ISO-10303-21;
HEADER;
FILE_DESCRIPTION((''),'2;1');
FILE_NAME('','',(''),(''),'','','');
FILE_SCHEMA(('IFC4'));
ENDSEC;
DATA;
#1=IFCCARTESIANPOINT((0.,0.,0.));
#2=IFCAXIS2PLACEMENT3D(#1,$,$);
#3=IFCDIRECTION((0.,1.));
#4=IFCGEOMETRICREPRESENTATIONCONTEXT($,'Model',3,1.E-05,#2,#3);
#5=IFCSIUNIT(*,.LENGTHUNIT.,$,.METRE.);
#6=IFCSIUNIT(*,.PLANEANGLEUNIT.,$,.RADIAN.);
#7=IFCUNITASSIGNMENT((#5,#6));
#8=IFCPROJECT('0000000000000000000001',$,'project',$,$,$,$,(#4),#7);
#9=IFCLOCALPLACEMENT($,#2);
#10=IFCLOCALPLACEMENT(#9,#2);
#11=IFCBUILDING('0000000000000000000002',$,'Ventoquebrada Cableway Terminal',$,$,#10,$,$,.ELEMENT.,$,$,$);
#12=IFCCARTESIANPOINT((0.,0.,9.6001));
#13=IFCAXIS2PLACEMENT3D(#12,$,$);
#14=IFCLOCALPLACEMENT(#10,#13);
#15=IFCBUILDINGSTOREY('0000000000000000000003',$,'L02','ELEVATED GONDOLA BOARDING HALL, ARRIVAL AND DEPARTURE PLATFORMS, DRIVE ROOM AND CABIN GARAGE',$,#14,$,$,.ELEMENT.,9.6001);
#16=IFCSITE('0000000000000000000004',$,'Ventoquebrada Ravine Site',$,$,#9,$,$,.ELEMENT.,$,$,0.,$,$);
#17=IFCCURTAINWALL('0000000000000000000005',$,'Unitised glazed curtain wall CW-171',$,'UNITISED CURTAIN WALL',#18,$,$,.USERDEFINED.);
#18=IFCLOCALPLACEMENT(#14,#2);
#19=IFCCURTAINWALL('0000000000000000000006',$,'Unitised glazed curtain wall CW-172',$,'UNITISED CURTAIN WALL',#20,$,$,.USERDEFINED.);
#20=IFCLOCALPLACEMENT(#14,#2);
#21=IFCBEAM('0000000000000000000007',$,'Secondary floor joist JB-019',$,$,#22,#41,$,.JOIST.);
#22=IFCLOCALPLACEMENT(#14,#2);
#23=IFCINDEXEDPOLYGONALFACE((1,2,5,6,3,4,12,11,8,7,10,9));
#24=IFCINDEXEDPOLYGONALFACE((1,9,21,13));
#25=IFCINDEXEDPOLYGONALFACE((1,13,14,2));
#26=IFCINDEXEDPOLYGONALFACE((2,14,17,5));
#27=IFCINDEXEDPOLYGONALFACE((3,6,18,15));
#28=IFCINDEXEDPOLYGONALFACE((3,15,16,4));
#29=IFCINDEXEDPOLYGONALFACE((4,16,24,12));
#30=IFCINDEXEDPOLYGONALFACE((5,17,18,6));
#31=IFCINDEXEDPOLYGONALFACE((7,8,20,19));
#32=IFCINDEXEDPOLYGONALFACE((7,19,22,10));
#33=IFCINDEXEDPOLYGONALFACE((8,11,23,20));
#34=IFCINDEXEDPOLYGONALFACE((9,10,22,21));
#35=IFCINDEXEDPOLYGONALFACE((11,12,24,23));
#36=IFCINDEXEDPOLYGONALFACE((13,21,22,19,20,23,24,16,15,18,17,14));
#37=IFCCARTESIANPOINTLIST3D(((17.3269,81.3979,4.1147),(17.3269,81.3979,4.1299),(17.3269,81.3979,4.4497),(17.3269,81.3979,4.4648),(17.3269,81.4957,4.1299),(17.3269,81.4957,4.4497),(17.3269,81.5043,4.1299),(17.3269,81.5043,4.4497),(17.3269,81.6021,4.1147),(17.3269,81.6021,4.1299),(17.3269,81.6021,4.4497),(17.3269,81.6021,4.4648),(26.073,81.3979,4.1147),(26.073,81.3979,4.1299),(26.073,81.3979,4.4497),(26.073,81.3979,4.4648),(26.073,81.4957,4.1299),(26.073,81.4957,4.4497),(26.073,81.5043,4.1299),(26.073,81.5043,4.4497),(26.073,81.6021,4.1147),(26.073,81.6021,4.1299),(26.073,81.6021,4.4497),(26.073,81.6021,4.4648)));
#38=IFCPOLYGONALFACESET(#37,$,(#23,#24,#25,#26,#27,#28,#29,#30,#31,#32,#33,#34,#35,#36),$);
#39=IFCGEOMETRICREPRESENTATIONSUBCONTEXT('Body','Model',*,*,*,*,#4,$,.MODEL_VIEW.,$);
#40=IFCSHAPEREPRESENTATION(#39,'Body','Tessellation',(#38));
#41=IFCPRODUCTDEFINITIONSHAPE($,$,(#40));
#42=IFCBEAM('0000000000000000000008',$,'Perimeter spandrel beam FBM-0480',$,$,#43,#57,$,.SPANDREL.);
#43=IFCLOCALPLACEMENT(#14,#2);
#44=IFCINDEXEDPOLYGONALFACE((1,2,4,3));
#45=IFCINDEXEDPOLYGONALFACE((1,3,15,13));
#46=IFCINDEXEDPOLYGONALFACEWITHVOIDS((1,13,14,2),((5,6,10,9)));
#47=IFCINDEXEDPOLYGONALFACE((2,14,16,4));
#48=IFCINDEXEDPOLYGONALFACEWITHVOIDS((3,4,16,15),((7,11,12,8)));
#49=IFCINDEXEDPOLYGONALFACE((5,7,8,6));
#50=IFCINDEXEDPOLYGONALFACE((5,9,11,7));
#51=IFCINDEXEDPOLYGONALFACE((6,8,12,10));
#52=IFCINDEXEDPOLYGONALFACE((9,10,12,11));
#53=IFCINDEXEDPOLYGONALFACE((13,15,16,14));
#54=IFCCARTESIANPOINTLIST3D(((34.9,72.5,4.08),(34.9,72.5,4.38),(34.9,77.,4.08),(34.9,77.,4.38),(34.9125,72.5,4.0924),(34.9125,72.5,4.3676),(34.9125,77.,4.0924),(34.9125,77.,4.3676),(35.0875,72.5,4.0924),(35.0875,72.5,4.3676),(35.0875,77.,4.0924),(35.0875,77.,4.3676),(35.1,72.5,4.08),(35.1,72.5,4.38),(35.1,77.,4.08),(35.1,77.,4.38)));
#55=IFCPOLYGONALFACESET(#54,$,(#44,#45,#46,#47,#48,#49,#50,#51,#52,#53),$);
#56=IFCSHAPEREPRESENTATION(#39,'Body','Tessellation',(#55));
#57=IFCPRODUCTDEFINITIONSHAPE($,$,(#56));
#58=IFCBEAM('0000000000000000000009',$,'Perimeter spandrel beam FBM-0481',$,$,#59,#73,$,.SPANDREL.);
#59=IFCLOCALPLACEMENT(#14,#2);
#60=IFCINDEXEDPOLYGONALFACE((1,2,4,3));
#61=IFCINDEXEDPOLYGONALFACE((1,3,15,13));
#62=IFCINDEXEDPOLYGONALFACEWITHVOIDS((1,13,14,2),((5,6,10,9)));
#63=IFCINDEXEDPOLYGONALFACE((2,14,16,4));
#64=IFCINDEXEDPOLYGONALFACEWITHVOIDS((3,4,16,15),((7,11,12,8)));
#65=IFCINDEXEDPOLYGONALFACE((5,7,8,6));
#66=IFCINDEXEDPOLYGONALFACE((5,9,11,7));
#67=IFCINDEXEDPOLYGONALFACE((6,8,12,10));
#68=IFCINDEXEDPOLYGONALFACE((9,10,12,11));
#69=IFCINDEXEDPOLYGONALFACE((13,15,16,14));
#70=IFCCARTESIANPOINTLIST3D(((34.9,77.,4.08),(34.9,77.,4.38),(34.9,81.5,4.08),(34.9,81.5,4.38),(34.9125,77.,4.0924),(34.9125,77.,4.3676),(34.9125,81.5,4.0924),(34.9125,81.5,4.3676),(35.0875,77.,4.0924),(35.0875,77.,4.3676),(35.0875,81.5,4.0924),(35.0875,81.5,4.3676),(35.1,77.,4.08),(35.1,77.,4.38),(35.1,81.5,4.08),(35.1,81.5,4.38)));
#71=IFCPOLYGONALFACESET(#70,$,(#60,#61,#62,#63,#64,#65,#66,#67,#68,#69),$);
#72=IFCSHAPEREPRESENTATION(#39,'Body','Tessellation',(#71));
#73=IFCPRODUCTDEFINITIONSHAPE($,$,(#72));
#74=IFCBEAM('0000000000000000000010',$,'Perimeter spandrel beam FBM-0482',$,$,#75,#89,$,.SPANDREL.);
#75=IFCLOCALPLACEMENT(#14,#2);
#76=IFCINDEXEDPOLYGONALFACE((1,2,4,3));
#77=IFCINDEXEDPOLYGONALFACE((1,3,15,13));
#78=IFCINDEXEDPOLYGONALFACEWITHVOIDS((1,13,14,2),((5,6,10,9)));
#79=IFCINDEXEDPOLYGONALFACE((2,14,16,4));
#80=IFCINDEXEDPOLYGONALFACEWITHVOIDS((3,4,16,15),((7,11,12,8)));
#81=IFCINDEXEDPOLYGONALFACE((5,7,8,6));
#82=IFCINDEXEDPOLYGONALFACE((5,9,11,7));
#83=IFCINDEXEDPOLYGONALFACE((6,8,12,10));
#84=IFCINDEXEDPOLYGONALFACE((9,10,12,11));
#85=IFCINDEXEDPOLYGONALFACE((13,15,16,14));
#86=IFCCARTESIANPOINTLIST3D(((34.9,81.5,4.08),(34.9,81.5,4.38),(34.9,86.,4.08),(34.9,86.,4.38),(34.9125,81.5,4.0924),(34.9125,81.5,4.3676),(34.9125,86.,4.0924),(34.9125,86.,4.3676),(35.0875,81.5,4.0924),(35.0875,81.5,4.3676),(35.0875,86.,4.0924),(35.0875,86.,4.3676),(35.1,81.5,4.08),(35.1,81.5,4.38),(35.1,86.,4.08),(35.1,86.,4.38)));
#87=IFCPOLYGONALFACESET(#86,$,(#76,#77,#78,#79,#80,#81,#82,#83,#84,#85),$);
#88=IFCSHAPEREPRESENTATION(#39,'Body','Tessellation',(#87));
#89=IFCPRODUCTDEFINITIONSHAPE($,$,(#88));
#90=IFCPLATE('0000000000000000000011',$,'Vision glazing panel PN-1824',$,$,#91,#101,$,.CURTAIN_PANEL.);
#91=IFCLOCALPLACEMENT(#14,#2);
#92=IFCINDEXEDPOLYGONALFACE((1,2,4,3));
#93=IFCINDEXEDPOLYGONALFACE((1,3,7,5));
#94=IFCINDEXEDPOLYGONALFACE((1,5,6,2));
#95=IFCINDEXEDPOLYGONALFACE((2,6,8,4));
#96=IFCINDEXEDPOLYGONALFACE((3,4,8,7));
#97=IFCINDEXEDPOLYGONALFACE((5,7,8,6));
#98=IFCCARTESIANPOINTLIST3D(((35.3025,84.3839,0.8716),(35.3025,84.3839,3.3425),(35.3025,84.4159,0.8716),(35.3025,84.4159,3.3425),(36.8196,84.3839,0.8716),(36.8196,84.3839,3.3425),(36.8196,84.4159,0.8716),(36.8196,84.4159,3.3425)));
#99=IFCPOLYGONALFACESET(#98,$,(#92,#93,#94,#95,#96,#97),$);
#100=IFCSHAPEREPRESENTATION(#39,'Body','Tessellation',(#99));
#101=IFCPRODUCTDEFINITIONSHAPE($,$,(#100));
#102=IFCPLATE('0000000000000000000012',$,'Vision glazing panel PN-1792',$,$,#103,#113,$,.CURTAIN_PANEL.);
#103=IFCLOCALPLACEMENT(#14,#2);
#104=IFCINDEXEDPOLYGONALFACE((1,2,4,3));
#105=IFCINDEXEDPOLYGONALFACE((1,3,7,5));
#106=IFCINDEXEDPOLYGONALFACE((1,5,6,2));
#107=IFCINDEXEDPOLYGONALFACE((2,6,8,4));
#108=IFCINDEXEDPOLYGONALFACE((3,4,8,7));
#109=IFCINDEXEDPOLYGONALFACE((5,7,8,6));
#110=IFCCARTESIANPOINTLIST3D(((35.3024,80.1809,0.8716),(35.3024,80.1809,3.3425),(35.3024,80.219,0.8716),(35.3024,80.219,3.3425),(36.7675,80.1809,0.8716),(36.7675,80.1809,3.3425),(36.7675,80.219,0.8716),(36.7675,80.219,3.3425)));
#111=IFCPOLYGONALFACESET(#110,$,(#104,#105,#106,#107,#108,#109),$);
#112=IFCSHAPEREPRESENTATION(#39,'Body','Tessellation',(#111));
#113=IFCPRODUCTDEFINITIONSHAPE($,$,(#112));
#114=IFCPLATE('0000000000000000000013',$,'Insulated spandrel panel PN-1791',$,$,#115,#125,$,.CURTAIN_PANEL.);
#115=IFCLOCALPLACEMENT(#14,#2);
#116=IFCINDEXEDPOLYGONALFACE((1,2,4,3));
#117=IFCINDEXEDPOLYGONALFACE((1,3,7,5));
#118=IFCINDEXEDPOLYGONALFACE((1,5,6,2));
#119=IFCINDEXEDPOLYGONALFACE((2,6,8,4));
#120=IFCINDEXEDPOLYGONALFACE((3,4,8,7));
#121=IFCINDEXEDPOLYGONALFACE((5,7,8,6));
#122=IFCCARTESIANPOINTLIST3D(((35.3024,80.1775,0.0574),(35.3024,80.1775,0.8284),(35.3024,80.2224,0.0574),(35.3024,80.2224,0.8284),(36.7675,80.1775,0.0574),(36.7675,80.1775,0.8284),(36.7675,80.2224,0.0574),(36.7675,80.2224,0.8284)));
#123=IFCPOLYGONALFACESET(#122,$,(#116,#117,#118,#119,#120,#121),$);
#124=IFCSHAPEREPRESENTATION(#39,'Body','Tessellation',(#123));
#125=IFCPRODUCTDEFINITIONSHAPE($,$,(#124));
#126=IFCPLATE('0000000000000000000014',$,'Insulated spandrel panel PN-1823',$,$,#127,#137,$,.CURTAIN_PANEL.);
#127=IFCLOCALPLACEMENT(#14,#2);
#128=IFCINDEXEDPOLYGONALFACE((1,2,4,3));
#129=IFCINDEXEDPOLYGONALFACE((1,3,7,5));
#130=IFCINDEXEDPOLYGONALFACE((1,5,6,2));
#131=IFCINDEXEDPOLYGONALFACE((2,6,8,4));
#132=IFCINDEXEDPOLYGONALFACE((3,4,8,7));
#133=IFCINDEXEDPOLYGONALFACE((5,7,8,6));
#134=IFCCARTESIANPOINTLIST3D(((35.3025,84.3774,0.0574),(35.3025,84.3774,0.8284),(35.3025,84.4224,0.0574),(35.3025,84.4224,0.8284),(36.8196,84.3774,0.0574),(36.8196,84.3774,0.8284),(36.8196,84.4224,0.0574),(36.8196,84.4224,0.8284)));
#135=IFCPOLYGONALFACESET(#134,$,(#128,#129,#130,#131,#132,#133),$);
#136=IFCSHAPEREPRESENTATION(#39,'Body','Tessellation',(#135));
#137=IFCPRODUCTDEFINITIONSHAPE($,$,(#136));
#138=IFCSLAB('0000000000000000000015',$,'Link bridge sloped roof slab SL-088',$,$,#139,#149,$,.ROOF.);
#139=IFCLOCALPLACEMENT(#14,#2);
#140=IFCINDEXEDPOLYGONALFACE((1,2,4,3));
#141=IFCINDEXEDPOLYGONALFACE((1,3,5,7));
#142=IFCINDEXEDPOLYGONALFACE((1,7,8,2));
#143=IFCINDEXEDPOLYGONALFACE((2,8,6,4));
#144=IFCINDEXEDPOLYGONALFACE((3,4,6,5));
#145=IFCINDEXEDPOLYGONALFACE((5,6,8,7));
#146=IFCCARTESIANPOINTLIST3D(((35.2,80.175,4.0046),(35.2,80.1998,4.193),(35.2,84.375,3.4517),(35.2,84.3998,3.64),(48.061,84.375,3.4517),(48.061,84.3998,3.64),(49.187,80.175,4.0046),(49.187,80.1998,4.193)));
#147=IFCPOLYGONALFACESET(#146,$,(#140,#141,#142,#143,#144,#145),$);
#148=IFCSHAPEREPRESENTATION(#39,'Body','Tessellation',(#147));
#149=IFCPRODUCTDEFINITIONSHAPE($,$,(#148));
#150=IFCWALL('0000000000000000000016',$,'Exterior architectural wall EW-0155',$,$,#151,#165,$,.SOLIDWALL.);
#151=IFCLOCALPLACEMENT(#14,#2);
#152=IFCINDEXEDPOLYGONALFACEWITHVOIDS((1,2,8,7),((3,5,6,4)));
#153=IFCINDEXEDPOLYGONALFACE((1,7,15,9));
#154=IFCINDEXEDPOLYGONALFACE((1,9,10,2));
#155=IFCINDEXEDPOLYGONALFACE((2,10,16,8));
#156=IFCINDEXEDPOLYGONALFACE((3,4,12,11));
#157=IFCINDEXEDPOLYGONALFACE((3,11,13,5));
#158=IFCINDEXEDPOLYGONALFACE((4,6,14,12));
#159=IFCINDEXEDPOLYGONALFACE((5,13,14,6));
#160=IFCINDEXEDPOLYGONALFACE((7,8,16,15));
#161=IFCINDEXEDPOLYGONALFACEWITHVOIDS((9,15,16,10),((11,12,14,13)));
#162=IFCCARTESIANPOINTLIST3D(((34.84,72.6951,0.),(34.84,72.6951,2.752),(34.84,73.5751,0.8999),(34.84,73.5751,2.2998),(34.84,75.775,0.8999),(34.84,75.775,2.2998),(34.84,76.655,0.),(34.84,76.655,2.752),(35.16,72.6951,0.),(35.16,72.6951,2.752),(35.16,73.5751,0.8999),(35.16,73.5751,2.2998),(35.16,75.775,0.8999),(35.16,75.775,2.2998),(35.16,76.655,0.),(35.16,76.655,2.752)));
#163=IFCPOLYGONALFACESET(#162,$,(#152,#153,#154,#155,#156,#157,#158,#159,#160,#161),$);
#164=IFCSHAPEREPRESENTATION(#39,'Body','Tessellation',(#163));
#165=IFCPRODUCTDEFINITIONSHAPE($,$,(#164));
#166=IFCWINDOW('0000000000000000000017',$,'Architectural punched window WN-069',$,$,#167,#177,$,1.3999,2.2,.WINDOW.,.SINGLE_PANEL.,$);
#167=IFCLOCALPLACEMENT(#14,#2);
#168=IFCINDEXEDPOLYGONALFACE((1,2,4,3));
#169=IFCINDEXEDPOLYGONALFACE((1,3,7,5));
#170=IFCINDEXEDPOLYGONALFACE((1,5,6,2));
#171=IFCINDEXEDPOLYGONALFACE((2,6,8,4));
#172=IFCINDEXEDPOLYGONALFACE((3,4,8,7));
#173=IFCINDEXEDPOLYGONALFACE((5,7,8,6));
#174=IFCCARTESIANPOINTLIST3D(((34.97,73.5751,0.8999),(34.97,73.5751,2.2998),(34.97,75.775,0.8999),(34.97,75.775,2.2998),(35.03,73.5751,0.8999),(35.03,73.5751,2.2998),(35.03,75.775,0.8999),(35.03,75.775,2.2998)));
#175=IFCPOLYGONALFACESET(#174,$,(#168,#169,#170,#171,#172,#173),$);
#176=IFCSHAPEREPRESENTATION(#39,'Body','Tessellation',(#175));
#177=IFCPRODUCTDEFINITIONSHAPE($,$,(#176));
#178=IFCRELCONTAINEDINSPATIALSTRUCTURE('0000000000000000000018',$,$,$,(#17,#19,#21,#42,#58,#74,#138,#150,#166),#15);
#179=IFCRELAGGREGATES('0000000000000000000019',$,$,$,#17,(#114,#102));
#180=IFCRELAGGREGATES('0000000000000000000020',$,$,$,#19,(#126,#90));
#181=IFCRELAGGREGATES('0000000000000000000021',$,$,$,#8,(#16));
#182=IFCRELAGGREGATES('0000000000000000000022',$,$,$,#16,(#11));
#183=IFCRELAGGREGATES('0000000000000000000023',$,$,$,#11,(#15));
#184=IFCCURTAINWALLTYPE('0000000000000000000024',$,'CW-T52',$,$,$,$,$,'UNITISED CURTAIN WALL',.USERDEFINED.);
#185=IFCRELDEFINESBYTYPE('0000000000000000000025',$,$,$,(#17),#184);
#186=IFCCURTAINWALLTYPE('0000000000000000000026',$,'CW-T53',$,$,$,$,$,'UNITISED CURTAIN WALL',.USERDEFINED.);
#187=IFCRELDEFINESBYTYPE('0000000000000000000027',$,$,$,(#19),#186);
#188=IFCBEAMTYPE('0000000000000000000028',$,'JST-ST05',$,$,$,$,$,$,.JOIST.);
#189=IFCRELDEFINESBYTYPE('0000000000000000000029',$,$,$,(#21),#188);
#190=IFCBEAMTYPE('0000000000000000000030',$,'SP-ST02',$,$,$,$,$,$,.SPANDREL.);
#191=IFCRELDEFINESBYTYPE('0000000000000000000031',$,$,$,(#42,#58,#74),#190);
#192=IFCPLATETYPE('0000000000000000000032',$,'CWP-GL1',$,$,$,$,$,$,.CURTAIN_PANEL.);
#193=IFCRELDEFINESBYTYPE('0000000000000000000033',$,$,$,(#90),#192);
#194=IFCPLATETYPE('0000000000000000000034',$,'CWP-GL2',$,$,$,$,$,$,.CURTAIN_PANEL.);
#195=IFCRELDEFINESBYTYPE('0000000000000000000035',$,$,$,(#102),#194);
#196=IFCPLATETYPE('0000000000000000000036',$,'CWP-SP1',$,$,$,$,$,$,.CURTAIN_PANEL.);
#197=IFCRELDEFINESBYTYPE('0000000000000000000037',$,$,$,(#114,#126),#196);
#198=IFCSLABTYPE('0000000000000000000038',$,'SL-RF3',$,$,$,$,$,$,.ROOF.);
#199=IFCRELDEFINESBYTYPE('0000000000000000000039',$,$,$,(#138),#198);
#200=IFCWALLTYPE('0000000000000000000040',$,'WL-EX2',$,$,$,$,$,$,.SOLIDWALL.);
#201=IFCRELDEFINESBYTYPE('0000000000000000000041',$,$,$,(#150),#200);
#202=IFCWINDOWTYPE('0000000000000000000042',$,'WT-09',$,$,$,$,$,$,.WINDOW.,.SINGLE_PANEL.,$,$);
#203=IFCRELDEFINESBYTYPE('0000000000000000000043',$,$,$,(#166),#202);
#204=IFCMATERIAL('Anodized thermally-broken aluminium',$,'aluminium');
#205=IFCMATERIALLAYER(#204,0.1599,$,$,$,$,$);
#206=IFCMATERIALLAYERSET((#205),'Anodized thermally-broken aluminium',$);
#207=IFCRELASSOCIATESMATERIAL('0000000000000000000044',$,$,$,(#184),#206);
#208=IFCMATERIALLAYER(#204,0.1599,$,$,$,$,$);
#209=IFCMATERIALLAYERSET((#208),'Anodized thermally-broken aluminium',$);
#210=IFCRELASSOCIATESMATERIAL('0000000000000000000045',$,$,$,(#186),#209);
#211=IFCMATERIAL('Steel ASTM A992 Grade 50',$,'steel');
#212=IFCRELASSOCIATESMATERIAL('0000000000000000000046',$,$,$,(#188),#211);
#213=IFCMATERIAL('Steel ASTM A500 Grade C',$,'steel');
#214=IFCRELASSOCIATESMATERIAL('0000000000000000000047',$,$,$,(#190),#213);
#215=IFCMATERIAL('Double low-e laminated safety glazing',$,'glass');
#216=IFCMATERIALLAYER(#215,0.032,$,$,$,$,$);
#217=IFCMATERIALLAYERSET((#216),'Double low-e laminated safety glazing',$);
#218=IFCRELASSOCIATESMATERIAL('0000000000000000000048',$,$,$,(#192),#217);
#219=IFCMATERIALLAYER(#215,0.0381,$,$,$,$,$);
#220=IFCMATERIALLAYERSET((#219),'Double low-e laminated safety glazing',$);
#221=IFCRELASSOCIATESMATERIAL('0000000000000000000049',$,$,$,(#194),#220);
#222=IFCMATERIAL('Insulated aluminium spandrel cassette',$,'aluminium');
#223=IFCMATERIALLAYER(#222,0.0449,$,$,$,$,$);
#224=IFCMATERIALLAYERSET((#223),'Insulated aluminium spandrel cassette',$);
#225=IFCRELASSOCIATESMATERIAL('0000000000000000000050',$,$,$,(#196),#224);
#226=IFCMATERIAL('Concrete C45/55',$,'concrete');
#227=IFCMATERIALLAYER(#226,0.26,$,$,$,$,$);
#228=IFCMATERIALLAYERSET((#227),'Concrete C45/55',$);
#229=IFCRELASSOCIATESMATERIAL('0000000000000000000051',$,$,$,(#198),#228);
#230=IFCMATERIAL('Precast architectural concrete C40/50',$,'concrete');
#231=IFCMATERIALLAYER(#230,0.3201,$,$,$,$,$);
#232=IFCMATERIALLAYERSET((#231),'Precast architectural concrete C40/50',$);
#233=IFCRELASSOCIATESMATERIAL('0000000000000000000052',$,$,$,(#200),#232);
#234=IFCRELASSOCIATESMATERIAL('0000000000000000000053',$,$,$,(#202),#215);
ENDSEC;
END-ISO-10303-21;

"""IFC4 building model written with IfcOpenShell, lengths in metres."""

from ifc_helpers import new_model, si_unit, direction, frame, frame_2d, origin, origin_2d, place, context, subcontext, project, spatial, polyline, rectangle, hollow_rectangle, i_section, outline, extrude, material, layer, layer_set, material_profile, profile_set, type_object, element, fill, aggregate, save


model = new_model("IFC4")

# Units and contexts
model_context = context("Model", 3, precision=1e-05, world=origin(), true_north=direction((0.0, 1.0)))
body_context = subcontext(model_context, "Body", "Model", "MODEL_VIEW")
ifc_project = project(units=[si_unit("LENGTHUNIT", "METRE"), si_unit("PLANEANGLEUNIT", "RADIAN")], contexts=[model_context])

# Site, building, storey
site_placement = place(None, origin())
site = spatial("IfcSite", under=ifc_project, at=site_placement, Name="Ventoquebrada Ravine Site", CompositionType="ELEMENT", RefElevation=0.0)
building_placement = place(site_placement, origin())
building = spatial("IfcBuilding", under=site, at=building_placement, Name="Ventoquebrada Cableway Terminal", CompositionType="ELEMENT")
storey_placement = place(building_placement, frame((0.0, 0.0, 9.6001)))
storey = spatial("IfcBuildingStorey", under=building, at=storey_placement, Name="L02", Description="ELEVATED GONDOLA BOARDING HALL, ARRIVAL AND DEPARTURE PLATFORMS, DRIVE ROOM AND CABIN GARAGE", CompositionType="ELEMENT", Elevation=9.6001)

# Shared definitions
ifc_material_1 = material(Name="Steel ASTM A992 Grade 50", Category="steel")

# Curtain wall
ifc_material_2 = material(Name="Anodized thermally-broken aluminium", Category="aluminium")
ifc_layer_1 = layer(ifc_material_2, 0.1599)
ifc_layer_set_1 = layer_set([ifc_layer_1], Name="Anodized thermally-broken aluminium")
curtain_wall_type_1 = type_object("IfcCurtainWallType", Name="CW-T52", ElementType="UNITISED CURTAIN WALL", PredefinedType="USERDEFINED", material=ifc_layer_set_1)
curtain_wall_1_placement = place(storey_placement, origin())
curtain_wall_1 = element("IfcCurtainWall", 1, at=curtain_wall_1_placement, inside=storey, type_object=curtain_wall_type_1, Name="Unitised glazed curtain wall CW-171", ObjectType="UNITISED CURTAIN WALL", PredefinedType="USERDEFINED")

# Curtain wall
ifc_layer_2 = layer(ifc_material_2, 0.1599)
ifc_layer_set_2 = layer_set([ifc_layer_2], Name="Anodized thermally-broken aluminium")
curtain_wall_type_2 = type_object("IfcCurtainWallType", Name="CW-T53", ElementType="UNITISED CURTAIN WALL", PredefinedType="USERDEFINED", material=ifc_layer_set_2)
curtain_wall_2_placement = place(storey_placement, origin())
curtain_wall_2 = element("IfcCurtainWall", 2, at=curtain_wall_2_placement, inside=storey, type_object=curtain_wall_type_2, Name="Unitised glazed curtain wall CW-172", ObjectType="UNITISED CURTAIN WALL", PredefinedType="USERDEFINED")

# Beams
ifc_material_profile_1 = material_profile(ifc_material_1, i_section(OverallWidth=0.2041, OverallDepth=0.3501, WebThickness=0.0085, FlangeThickness=0.0151, at=origin_2d()), Name="W14X48")
ifc_profile_set_1 = profile_set([ifc_material_profile_1], Name="Steel ASTM A992 Grade 50")
beam_type_1 = type_object("IfcBeamType", Name="JST-ST05", PredefinedType="JOIST", material=ifc_profile_set_1)
beam_1_placement = place(storey_placement, frame((17.3269, 81.5, 4.2898), z_axis=(1.0, 0.0, 0.0), x_axis=(0.0, 1.0, 0.0)))
element("IfcBeam", 3, at=beam_1_placement, inside=storey, type_object=beam_type_1, Name="Secondary floor joist JB-019", PredefinedType="JOIST", context=body_context, shape_type="SweptSolid", body=[
    extrude(i_section(OverallWidth=0.2041, OverallDepth=0.3501, WebThickness=0.0085, FlangeThickness=0.0151, at=origin_2d()), origin(), (0.0, 0.0, 1.0), 8.7461),
])
ifc_material_3 = material(Name="Steel ASTM A500 Grade C", Category="steel")
ifc_material_profile_2 = material_profile(ifc_material_3, hollow_rectangle(XDim=0.2, YDim=0.3, WallThickness=0.0125, at=origin_2d()), Name="RHS300X200X12.5")
ifc_profile_set_2 = profile_set([ifc_material_profile_2], Name="Steel ASTM A500 Grade C")
beam_type_2 = type_object("IfcBeamType", Name="SP-ST02", PredefinedType="SPANDREL", material=ifc_profile_set_2)
for number, where, z_axis, x_axis, name in (
    (4, (35.0, 72.5, 4.23), (0.0, 1.0, 0.0), (-1.0, 0.0, 0.0), "Perimeter spandrel beam FBM-0480"),
    (5, (35.0, 77.0, 4.23), (0.0, 1.0, 0.0), (-1.0, 0.0, 0.0), "Perimeter spandrel beam FBM-0481"),
    (6, (35.0, 81.5, 4.23), (0.0, 1.0, 0.0), (-1.0, 0.0, 0.0), "Perimeter spandrel beam FBM-0482"),
):
    element("IfcBeam", number, at=place(storey_placement, frame(where, z_axis=z_axis, x_axis=x_axis)), inside=storey, type_object=beam_type_2, Name=name, PredefinedType="SPANDREL", context=body_context, shape_type="SweptSolid", body=[
        extrude(hollow_rectangle(XDim=0.2, YDim=0.3, WallThickness=0.0125, at=origin_2d()), origin(), (0.0, 0.0, 1.0), 4.5),
    ])

# Plates
ifc_material_4 = material(Name="Double low-e laminated safety glazing", Category="glass")
ifc_layer_3 = layer(ifc_material_4, 0.032)
ifc_layer_set_3 = layer_set([ifc_layer_3], Name="Double low-e laminated safety glazing")
plate_type_1 = type_object("IfcPlateType", Name="CWP-GL1", PredefinedType="CURTAIN_PANEL", material=ifc_layer_set_3)
plate_1_placement = place(storey_placement, frame((36.061, 84.3999, 0.8716), z_axis=(0.0, 0.0, 1.0), x_axis=(-1.0, 0.0, 0.0)))
plate_1 = element("IfcPlate", 7, at=plate_1_placement, type_object=plate_type_1, Name="Vision glazing panel PN-1824", PredefinedType="CURTAIN_PANEL", context=body_context, shape_type="SweptSolid", body=[
    extrude(rectangle(XDim=1.5171, YDim=0.032, at=origin_2d()), origin(), (0.0, 0.0, 1.0), 2.4709),
])
ifc_layer_4 = layer(ifc_material_4, 0.0381)
ifc_layer_set_4 = layer_set([ifc_layer_4], Name="Double low-e laminated safety glazing")
plate_type_2 = type_object("IfcPlateType", Name="CWP-GL2", PredefinedType="CURTAIN_PANEL", material=ifc_layer_set_4)
plate_2_placement = place(storey_placement, frame((36.0349, 80.2, 0.8716), z_axis=(0.0, 0.0, 1.0), x_axis=(1.0, 0.0, 0.0)))
plate_2 = element("IfcPlate", 8, at=plate_2_placement, type_object=plate_type_2, Name="Vision glazing panel PN-1792", PredefinedType="CURTAIN_PANEL", context=body_context, shape_type="SweptSolid", body=[
    extrude(rectangle(XDim=1.4651, YDim=0.0381, at=origin_2d()), origin(), (0.0, 0.0, 1.0), 2.4709),
])
ifc_material_5 = material(Name="Insulated aluminium spandrel cassette", Category="aluminium")
ifc_layer_5 = layer(ifc_material_5, 0.0449)
ifc_layer_set_5 = layer_set([ifc_layer_5], Name="Insulated aluminium spandrel cassette")
plate_type_3 = type_object("IfcPlateType", Name="CWP-SP1", PredefinedType="CURTAIN_PANEL", material=ifc_layer_set_5)
plate_3_placement = place(storey_placement, frame((36.0349, 80.2, 0.0574), z_axis=(0.0, 0.0, 1.0), x_axis=(1.0, 0.0, 0.0)))
plate_3 = element("IfcPlate", 9, at=plate_3_placement, type_object=plate_type_3, Name="Insulated spandrel panel PN-1791", PredefinedType="CURTAIN_PANEL", context=body_context, shape_type="SweptSolid", body=[
    extrude(rectangle(XDim=1.4651, YDim=0.0449, at=origin_2d()), origin(), (0.0, 0.0, 1.0), 0.771),
])
aggregate(curtain_wall_1, [plate_3, plate_2])
plate_4_placement = place(storey_placement, frame((36.061, 84.3999, 0.0574), z_axis=(0.0, 0.0, 1.0), x_axis=(-1.0, 0.0, 0.0)))
plate_4 = element("IfcPlate", 10, at=plate_4_placement, type_object=plate_type_3, Name="Insulated spandrel panel PN-1823", PredefinedType="CURTAIN_PANEL", context=body_context, shape_type="SweptSolid", body=[
    extrude(rectangle(XDim=1.5171, YDim=0.0449, at=origin_2d()), origin(), (0.0, 0.0, 1.0), 0.771),
])
aggregate(curtain_wall_2, [plate_4, plate_1])

# Slab
ifc_material_6 = material(Name="Concrete C45/55", Category="concrete")
ifc_layer_6 = layer(ifc_material_6, 0.26)
ifc_layer_set_6 = layer_set([ifc_layer_6], Name="Concrete C45/55")
slab_type = type_object("IfcSlabType", Name="SL-RF3", PredefinedType="ROOF", material=ifc_layer_set_6)
slab_placement = place(storey_placement, frame((35.2, 80.175, 4.0046), z_axis=(0.0, 0.130537, 0.991444), x_axis=(1.0, 0.0, 0.0)))
element("IfcSlab", 11, at=slab_placement, inside=storey, type_object=slab_type, Name="Link bridge sloped roof slab SL-088", PredefinedType="ROOF", context=body_context, shape_type="SweptSolid", body=[
    extrude(outline(polyline([(0.0, 0.0), (13.9871, 0.0), (12.8611, 4.2362), (0.0, 4.2362), (0.0, 0.0)])), origin(), (0.0, 0.0, 1.0), 0.1899),
])

# Wall, opening, window
ifc_material_7 = material(Name="Precast architectural concrete C40/50", Category="concrete")
ifc_layer_7 = layer(ifc_material_7, 0.3201)
ifc_layer_set_7 = layer_set([ifc_layer_7], Name="Precast architectural concrete C40/50")
wall_type_1 = type_object("IfcWallType", Name="WL-EX2", PredefinedType="SOLIDWALL", material=ifc_layer_set_7)
wall_1_placement = place(storey_placement, frame((35.0, 72.6951, 0.0), z_axis=(0.0, 0.0, 1.0), x_axis=(0.0, 1.0, 0.0)))
wall_1 = element("IfcWall", 12, at=wall_1_placement, inside=storey, type_object=wall_type_1, Name="Exterior architectural wall EW-0155", PredefinedType="SOLIDWALL", context=body_context, shape_type="SweptSolid", body=[
    extrude(rectangle(XDim=3.96, YDim=0.3201, at=frame_2d((1.98, 0.0))), origin(), (0.0, 0.0, 1.0), 2.752),
])
opening_1_placement = place(wall_1_placement, frame((0.8799, 0.0, 0.8999)))
opening_1 = element("IfcOpeningElement", 13, at=opening_1_placement, cuts=wall_1, PredefinedType="OPENING", context=body_context, shape_type="SweptSolid", body=[
    extrude(rectangle(XDim=2.2, YDim=1.3999, at=frame_2d((1.1001, 0.7))), frame((0.0, 0.1699, 0.0), z_axis=(0.0, -1.0, 0.0), x_axis=(1.0, 0.0, 0.0)), (0.0, 0.0, 1.0), 0.3401),
])
window_type = type_object("IfcWindowType", Name="WT-09", PartitioningType="SINGLE_PANEL", PredefinedType="WINDOW", material=ifc_material_4)
window_placement = place(opening_1_placement, origin())
window = element("IfcWindow", 14, at=window_placement, inside=storey, type_object=window_type, Name="Architectural punched window WN-069", OverallHeight=1.3999, OverallWidth=2.2, PartitioningType="SINGLE_PANEL", PredefinedType="WINDOW", context=body_context, shape_type="SweptSolid", body=[
    extrude(rectangle(XDim=2.2, YDim=1.3999, at=frame_2d((1.1001, 0.7))), frame((0.0, 0.03, 0.0), z_axis=(0.0, -1.0, 0.0), x_axis=(1.0, 0.0, 0.0)), (0.0, 0.0, 1.0), 0.0601),
])
fill(opening_1, window)

save(model, "model.ifc")
